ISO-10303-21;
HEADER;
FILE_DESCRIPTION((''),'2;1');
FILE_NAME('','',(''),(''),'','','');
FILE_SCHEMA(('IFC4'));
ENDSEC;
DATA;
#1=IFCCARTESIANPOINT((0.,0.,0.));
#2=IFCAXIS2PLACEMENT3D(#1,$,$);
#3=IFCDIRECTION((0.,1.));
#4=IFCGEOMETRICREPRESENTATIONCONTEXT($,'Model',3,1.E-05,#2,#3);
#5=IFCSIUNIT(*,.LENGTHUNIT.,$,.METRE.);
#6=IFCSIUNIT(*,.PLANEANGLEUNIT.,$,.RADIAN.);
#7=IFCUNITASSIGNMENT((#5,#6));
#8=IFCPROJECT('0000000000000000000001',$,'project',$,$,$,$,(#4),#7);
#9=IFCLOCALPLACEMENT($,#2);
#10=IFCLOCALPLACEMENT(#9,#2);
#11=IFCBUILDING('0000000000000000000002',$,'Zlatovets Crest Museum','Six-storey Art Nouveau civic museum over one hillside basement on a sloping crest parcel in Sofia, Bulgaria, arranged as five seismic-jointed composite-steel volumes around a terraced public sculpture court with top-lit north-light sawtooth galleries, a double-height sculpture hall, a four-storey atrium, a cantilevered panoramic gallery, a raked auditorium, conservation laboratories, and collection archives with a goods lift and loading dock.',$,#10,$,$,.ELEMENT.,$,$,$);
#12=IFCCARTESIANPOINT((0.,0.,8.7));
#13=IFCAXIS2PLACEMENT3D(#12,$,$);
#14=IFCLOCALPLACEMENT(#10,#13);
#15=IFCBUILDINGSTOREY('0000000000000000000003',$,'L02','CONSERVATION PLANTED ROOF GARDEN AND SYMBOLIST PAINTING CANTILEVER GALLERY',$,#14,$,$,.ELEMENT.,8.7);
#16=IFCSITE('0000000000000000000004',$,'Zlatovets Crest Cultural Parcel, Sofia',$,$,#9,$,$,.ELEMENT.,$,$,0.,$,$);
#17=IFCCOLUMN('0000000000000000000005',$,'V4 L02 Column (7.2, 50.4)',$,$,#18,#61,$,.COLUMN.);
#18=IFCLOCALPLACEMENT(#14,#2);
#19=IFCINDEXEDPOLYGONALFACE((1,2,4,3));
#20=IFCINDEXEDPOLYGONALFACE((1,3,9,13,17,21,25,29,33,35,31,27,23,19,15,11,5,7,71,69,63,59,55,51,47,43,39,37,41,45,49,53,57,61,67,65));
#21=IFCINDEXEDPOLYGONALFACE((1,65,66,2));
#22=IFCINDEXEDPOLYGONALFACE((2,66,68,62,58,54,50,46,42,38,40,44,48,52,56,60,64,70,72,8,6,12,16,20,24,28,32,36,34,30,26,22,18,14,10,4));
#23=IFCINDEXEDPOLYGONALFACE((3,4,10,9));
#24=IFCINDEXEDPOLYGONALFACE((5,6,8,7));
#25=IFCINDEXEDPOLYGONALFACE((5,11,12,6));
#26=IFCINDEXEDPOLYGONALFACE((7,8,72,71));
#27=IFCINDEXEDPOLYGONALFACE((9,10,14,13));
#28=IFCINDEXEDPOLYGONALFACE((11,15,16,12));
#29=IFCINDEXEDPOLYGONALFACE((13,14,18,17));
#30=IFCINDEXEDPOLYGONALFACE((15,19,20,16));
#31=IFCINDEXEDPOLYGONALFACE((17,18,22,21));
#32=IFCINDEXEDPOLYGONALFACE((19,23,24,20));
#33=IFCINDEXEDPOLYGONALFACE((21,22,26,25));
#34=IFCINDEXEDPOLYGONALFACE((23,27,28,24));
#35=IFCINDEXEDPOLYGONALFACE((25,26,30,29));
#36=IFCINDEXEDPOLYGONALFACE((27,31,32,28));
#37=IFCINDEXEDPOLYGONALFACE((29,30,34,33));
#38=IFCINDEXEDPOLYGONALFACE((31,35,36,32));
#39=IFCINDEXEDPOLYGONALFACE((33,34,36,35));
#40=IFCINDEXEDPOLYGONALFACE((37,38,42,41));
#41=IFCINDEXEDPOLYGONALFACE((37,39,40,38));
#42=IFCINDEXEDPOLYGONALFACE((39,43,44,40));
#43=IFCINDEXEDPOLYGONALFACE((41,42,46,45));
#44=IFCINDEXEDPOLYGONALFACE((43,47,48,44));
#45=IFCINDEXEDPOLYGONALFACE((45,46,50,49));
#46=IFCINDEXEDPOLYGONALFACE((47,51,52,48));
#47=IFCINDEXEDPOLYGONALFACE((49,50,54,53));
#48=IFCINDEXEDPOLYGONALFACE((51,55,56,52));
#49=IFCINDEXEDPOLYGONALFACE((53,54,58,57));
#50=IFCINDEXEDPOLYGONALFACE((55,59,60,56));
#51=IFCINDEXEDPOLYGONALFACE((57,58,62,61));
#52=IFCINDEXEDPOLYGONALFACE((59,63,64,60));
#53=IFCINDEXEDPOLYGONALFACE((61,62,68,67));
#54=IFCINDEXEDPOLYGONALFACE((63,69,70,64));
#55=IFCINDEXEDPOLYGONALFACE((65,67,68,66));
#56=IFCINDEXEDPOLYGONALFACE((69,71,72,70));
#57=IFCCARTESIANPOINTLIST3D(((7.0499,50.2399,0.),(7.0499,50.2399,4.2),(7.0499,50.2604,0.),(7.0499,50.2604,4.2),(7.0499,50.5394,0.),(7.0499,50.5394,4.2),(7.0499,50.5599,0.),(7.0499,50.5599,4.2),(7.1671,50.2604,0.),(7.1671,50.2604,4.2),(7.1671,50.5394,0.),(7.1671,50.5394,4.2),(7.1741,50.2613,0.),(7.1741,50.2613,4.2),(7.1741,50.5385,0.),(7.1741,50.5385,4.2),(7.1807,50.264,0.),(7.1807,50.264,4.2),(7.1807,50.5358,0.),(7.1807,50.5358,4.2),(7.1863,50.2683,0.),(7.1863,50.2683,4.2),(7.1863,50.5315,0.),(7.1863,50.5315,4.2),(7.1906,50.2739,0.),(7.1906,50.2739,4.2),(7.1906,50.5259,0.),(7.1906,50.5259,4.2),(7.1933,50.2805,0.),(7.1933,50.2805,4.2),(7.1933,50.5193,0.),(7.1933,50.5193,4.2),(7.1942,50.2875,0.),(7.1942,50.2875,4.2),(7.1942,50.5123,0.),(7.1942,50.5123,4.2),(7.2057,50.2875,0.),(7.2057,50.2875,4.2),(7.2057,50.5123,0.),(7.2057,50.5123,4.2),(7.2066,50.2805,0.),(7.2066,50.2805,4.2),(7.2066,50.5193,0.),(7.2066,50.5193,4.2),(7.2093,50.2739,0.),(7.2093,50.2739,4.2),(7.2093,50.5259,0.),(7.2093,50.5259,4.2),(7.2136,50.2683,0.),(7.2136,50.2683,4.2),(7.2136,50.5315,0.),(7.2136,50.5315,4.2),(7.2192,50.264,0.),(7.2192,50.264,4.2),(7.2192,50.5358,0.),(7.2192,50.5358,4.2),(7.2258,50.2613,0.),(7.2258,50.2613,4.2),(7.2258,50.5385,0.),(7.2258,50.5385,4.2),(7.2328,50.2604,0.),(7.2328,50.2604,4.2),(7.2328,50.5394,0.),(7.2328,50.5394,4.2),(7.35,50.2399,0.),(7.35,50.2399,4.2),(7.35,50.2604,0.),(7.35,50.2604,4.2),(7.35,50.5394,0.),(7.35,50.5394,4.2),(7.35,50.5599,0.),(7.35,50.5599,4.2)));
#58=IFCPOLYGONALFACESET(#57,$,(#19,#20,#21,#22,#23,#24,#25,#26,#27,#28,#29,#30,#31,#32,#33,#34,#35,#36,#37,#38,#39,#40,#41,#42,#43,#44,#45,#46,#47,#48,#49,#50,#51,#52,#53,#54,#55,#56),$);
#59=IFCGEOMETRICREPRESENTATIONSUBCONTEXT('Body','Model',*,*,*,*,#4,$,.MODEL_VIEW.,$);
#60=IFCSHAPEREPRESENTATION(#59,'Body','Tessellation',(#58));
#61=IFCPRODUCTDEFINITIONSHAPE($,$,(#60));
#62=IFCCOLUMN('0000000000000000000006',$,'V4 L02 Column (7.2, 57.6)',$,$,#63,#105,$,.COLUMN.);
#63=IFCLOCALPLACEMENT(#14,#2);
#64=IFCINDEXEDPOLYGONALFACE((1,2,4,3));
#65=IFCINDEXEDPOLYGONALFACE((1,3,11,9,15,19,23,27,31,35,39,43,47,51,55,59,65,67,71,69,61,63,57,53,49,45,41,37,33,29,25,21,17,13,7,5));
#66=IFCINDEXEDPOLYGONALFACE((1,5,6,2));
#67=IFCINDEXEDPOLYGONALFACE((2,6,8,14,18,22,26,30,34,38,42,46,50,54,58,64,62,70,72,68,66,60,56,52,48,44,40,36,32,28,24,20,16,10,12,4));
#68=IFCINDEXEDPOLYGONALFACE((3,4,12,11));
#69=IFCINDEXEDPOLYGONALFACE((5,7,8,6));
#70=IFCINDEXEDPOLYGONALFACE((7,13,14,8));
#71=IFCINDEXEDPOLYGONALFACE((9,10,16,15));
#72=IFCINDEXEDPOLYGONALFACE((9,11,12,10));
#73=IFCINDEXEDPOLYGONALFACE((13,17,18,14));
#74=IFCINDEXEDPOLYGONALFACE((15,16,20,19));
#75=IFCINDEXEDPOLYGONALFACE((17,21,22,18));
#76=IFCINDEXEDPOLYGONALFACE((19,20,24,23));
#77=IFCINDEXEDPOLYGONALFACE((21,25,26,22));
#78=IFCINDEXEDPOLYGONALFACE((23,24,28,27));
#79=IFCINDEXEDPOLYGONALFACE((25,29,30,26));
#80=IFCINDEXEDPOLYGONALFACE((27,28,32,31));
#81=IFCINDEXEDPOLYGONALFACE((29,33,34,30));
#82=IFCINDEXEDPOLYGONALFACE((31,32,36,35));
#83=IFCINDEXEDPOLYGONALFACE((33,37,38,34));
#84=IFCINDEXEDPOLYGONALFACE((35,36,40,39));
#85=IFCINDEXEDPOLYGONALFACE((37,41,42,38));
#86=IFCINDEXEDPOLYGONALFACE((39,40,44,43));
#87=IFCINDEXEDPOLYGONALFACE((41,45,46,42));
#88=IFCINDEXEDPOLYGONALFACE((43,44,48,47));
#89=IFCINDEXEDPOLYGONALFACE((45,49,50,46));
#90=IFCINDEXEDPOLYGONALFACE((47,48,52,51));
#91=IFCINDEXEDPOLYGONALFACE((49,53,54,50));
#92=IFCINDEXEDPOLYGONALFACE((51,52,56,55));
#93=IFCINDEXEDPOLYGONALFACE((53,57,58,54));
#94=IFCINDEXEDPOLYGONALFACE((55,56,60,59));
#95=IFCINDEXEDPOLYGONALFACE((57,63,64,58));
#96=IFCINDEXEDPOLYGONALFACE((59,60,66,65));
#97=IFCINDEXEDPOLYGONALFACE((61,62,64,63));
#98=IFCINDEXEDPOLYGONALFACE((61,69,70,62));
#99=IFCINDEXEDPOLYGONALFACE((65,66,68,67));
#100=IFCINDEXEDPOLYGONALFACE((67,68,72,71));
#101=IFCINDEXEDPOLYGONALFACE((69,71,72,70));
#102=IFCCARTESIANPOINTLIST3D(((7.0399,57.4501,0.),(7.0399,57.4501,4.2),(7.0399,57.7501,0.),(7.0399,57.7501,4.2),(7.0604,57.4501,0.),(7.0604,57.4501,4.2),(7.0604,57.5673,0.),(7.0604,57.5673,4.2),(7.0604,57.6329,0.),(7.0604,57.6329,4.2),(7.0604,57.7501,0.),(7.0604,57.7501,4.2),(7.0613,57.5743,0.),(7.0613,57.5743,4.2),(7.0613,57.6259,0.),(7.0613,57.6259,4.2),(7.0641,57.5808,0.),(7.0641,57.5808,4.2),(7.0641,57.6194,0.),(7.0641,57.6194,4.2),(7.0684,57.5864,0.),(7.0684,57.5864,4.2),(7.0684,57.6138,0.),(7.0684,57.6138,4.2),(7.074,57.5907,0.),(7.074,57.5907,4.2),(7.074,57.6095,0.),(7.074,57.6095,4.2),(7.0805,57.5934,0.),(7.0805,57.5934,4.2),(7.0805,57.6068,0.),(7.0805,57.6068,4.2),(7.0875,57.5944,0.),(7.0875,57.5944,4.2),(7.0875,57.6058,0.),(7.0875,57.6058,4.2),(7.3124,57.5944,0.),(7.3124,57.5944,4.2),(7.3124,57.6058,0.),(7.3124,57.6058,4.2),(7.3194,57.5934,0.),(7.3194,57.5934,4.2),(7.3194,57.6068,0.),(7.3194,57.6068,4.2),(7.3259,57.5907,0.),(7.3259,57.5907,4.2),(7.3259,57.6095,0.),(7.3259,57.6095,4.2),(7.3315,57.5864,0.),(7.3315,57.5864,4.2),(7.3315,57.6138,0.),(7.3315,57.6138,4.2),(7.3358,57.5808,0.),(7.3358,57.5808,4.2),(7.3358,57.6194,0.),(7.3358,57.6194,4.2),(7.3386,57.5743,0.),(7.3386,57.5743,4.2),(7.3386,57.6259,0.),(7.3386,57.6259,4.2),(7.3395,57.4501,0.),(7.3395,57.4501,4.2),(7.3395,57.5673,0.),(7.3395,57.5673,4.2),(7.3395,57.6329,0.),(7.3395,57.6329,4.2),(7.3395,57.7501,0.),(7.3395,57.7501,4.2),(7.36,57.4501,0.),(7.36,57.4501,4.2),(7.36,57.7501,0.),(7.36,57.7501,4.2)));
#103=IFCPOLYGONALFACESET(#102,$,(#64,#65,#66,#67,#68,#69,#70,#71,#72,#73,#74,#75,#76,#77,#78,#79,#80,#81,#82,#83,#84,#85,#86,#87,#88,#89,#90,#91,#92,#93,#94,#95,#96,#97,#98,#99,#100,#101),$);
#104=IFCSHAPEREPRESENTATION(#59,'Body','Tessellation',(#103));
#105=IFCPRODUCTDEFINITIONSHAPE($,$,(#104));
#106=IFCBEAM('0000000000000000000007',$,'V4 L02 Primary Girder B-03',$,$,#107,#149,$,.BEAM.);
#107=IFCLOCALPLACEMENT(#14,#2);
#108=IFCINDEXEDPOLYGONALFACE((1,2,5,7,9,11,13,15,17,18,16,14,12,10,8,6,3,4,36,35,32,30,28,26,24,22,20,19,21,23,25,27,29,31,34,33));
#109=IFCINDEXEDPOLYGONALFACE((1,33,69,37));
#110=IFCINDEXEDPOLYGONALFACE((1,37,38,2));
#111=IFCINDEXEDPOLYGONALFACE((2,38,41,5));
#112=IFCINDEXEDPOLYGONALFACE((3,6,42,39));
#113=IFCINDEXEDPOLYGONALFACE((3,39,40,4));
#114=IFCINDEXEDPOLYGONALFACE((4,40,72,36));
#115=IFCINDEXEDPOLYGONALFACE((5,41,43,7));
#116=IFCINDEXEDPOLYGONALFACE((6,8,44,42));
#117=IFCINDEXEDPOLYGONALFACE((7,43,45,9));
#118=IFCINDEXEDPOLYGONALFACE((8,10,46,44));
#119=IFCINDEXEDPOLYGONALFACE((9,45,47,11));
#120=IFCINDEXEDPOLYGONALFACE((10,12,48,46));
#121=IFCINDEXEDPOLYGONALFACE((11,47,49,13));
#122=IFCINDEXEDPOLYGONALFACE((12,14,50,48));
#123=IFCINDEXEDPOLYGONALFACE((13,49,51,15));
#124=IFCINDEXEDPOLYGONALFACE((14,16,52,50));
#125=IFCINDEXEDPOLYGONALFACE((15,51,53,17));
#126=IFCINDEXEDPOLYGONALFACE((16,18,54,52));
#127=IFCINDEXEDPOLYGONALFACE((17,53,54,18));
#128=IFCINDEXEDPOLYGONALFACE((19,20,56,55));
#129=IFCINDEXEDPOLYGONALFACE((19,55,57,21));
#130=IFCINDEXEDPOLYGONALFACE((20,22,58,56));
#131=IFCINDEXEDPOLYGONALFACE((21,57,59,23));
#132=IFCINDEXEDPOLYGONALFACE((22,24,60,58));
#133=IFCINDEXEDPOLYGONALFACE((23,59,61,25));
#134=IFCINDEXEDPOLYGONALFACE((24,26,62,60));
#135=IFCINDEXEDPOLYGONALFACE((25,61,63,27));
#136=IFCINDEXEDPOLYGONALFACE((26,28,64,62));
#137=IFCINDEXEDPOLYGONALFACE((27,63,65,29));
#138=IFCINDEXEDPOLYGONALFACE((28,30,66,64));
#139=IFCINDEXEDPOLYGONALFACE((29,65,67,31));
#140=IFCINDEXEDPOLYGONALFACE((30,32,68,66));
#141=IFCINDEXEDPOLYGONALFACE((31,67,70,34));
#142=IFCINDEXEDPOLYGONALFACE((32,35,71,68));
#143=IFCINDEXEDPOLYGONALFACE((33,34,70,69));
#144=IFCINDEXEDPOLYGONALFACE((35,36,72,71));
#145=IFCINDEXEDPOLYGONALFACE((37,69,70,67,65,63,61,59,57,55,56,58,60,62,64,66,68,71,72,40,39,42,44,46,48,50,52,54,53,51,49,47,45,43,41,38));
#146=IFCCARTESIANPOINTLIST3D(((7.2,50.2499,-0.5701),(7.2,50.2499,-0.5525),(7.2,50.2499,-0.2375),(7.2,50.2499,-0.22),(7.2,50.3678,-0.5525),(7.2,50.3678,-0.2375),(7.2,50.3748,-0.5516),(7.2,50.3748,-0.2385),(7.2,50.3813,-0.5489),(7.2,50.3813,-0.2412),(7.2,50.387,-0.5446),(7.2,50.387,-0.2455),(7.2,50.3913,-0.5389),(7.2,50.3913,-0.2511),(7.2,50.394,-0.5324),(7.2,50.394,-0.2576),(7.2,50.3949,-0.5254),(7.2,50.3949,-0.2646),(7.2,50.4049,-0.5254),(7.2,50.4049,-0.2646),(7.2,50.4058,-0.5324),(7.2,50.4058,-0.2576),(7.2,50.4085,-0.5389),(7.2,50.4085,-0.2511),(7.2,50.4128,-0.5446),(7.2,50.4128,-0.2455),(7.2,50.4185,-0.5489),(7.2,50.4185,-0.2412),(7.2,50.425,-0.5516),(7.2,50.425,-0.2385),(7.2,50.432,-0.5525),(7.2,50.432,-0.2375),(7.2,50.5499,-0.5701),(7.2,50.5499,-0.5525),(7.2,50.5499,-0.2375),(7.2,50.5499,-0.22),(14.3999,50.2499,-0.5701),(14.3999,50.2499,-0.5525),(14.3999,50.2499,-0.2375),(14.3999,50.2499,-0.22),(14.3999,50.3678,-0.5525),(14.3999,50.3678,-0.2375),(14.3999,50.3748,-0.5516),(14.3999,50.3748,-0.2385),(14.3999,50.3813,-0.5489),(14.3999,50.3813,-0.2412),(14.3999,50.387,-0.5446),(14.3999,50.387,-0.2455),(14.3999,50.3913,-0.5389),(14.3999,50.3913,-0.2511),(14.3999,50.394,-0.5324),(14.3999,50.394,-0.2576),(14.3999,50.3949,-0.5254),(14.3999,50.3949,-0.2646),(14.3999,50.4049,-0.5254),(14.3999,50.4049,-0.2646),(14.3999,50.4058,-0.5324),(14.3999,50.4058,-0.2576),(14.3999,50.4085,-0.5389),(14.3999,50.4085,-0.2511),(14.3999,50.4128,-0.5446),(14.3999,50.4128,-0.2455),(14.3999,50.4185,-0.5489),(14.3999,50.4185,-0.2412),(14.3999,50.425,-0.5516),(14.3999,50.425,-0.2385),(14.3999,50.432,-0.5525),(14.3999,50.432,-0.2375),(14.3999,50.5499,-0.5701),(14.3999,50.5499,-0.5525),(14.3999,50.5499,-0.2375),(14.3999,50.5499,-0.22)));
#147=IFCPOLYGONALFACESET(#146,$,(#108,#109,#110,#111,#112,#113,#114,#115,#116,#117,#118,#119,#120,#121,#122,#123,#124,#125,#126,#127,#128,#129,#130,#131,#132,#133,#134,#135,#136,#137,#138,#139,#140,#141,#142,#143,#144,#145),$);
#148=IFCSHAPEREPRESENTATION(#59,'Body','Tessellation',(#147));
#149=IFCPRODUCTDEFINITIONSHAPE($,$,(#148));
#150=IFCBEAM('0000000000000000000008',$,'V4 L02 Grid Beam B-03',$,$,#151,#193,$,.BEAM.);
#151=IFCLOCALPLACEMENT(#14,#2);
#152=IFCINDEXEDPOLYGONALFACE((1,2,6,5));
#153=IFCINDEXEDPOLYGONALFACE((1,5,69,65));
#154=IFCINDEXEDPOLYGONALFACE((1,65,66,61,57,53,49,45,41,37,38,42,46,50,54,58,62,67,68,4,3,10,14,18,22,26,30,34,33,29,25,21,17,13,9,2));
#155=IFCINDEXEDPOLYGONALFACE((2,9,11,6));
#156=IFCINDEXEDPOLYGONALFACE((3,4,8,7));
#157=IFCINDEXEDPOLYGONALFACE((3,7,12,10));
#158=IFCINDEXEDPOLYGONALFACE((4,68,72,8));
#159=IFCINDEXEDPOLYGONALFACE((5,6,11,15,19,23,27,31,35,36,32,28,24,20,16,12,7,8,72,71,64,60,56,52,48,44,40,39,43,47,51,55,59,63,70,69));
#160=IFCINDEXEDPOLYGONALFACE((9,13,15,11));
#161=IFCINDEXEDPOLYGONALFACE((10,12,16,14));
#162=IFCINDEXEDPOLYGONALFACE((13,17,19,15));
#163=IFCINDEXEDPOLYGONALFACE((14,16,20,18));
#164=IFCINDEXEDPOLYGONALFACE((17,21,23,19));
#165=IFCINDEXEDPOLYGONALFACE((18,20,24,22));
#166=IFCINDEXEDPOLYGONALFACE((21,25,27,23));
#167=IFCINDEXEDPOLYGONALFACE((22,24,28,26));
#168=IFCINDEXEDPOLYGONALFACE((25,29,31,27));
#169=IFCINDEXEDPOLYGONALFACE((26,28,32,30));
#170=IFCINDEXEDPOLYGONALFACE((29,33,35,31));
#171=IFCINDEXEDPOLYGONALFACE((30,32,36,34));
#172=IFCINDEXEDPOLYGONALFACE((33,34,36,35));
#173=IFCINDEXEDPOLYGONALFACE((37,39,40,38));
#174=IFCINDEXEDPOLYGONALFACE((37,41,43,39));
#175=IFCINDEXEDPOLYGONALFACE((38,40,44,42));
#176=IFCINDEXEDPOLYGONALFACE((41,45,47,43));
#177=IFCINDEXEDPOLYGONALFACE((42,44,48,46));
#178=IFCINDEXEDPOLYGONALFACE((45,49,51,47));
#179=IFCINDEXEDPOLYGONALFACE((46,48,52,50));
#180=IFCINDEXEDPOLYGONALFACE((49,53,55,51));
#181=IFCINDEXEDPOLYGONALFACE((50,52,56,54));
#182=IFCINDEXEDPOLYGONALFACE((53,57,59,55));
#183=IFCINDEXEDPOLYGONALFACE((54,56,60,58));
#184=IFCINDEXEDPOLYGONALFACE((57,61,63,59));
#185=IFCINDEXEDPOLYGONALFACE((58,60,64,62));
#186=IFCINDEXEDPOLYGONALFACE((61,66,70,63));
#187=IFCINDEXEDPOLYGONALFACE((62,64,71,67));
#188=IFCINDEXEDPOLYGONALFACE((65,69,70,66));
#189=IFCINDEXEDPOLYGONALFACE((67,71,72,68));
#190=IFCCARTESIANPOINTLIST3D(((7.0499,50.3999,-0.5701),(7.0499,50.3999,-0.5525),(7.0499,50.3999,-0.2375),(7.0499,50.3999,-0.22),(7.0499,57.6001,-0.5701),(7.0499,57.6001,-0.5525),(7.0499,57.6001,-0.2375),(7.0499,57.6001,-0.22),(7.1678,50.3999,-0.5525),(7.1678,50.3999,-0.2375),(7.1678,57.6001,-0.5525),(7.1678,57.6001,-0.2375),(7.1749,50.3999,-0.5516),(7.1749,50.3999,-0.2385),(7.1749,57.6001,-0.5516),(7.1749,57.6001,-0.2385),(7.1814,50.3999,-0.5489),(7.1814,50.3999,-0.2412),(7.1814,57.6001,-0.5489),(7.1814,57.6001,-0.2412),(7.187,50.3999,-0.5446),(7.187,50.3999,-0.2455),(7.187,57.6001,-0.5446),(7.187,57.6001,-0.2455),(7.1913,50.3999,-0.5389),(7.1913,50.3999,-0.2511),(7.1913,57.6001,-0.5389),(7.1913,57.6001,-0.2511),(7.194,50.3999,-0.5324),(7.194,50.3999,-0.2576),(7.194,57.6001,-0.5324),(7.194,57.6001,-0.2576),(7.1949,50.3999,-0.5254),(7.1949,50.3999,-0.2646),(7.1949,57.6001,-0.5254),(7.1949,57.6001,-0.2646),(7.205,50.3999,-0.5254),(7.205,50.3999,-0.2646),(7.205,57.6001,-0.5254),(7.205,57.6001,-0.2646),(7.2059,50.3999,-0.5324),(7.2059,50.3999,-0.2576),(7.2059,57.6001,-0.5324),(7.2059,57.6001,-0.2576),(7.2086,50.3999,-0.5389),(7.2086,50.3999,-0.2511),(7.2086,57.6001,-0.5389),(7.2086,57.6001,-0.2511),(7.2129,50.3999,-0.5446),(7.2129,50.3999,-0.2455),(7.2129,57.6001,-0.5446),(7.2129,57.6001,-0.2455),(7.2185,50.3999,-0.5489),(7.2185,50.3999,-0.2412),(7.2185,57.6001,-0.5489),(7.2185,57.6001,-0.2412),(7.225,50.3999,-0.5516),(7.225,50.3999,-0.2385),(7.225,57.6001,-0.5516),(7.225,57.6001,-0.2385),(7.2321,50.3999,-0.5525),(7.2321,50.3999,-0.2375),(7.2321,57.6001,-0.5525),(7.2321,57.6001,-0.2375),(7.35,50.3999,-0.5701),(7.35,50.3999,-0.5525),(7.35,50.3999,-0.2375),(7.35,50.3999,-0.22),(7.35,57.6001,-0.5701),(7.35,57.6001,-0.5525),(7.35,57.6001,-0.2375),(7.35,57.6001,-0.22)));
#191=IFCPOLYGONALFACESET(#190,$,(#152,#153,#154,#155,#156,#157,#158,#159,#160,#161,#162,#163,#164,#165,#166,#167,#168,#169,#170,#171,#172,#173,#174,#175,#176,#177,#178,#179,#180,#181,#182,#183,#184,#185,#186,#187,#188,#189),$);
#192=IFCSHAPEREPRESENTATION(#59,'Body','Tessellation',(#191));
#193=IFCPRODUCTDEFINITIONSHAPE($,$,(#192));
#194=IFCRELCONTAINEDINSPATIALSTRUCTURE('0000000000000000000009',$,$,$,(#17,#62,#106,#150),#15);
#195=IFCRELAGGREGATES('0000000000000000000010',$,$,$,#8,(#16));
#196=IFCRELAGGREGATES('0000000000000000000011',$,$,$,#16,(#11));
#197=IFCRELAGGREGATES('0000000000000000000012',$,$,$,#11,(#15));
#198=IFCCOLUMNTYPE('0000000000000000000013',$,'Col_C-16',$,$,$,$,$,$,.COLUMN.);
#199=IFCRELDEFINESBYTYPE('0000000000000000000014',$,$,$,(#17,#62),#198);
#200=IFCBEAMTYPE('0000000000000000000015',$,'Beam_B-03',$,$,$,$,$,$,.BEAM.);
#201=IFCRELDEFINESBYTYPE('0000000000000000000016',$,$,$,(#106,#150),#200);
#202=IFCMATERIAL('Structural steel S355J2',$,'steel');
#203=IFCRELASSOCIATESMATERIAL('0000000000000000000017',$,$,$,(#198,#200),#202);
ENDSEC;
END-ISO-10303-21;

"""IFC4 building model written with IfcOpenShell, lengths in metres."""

from ifc_helpers import new_model, si_unit, direction, frame, origin, origin_2d, place, context, subcontext, project, spatial, i_section, extrude, material, material_profile, profile_set, type_object, element, save


model = new_model("IFC4")

# Units and contexts
model_context = context("Model", 3, precision=1e-05, world=origin(), true_north=direction((0.0, 1.0)))
body_context = subcontext(model_context, "Body", "Model", "MODEL_VIEW")
ifc_project = project(units=[si_unit("LENGTHUNIT", "METRE"), si_unit("PLANEANGLEUNIT", "RADIAN")], contexts=[model_context])

# Site, building, storey
site_placement = place(None, origin())
site = spatial("IfcSite", under=ifc_project, at=site_placement, Name="Zlatovets Crest Cultural Parcel, Sofia", CompositionType="ELEMENT", RefElevation=0.0)
building_placement = place(site_placement, origin())
building = spatial("IfcBuilding", under=site, at=building_placement, Name="Zlatovets Crest Museum", Description="Six-storey Art Nouveau civic museum over one hillside basement on a sloping crest parcel in Sofia, Bulgaria, arranged as five seismic-jointed composite-steel volumes around a terraced public sculpture court with top-lit north-light sawtooth galleries, a double-height sculpture hall, a four-storey atrium, a cantilevered panoramic gallery, a raked auditorium, conservation laboratories, and collection archives with a goods lift and loading dock.", CompositionType="ELEMENT")
storey_placement = place(building_placement, frame((0.0, 0.0, 8.7)))
storey = spatial("IfcBuildingStorey", under=building, at=storey_placement, Name="L02", Description="CONSERVATION PLANTED ROOF GARDEN AND SYMBOLIST PAINTING CANTILEVER GALLERY", CompositionType="ELEMENT", Elevation=8.7)

# Columns
ifc_material_1 = material(Name="Structural steel S355J2", Category="steel")
ifc_material_profile_1 = material_profile(ifc_material_1, i_section(OverallWidth=0.3, OverallDepth=0.3201, WebThickness=0.0115, FlangeThickness=0.0205, FilletRadius=0.0271, at=origin_2d()), Name="HEB 320")
ifc_profile_set_1 = profile_set([ifc_material_profile_1], Name="Structural steel S355J2")
column_type = type_object("IfcColumnType", Name="Col_C-16", PredefinedType="COLUMN", material=ifc_profile_set_1)
for number, where, z_axis, x_axis, name in (
    (1, (7.2, 50.3999, 0.0), (0.0, 0.0, 1.0), (1.0, 0.0, 0.0), "V4 L02 Column (7.2, 50.4)"),
    (2, (7.2, 57.6001, 0.0), (0.0, 0.0, 1.0), (0.0, 1.0, 0.0), "V4 L02 Column (7.2, 57.6)"),
):
    element("IfcColumn", number, at=place(storey_placement, frame(where, z_axis=z_axis, x_axis=x_axis)), inside=storey, type_object=column_type, Name=name, PredefinedType="COLUMN", context=body_context, shape_type="SweptSolid", body=[
        extrude(i_section(OverallWidth=0.3, OverallDepth=0.3201, WebThickness=0.0115, FlangeThickness=0.0205, FilletRadius=0.0271, at=origin_2d()), origin(), (0.0, 0.0, 1.0), 4.2),
    ])

# Beams
ifc_material_profile_2 = material_profile(ifc_material_1, i_section(OverallWidth=0.3, OverallDepth=0.3501, WebThickness=0.01, FlangeThickness=0.0176, FilletRadius=0.0271, at=origin_2d()), Name="HEA 360")
ifc_profile_set_2 = profile_set([ifc_material_profile_2], Name="Structural steel S355J2")
beam_type_1 = type_object("IfcBeamType", Name="Beam_B-03", PredefinedType="BEAM", material=ifc_profile_set_2)
beam_1_placement = place(storey_placement, frame((7.2, 50.3999, -0.395), z_axis=(1.0, 0.0, 0.0), x_axis=(0.0, 1.0, 0.0)))
element("IfcBeam", 3, at=beam_1_placement, inside=storey, type_object=beam_type_1, Name="V4 L02 Primary Girder B-03", PredefinedType="BEAM", context=body_context, shape_type="SweptSolid", body=[
    extrude(i_section(OverallWidth=0.3, OverallDepth=0.3501, WebThickness=0.01, FlangeThickness=0.0176, FilletRadius=0.0271, at=origin_2d()), origin(), (0.0, 0.0, 1.0), 7.2),
])
beam_2_placement = place(storey_placement, frame((7.2, 50.3999, -0.395), z_axis=(0.0, 1.0, 0.0), x_axis=(-1.0, 0.0, 0.0)))
element("IfcBeam", 4, at=beam_2_placement, inside=storey, type_object=beam_type_1, Name="V4 L02 Grid Beam B-03", PredefinedType="BEAM", context=body_context, shape_type="SweptSolid", body=[
    extrude(i_section(OverallWidth=0.3, OverallDepth=0.3501, WebThickness=0.01, FlangeThickness=0.0176, FilletRadius=0.0271, at=origin_2d()), origin(), (0.0, 0.0, 1.0), 7.2002),
])

save(model, "model.ifc")
